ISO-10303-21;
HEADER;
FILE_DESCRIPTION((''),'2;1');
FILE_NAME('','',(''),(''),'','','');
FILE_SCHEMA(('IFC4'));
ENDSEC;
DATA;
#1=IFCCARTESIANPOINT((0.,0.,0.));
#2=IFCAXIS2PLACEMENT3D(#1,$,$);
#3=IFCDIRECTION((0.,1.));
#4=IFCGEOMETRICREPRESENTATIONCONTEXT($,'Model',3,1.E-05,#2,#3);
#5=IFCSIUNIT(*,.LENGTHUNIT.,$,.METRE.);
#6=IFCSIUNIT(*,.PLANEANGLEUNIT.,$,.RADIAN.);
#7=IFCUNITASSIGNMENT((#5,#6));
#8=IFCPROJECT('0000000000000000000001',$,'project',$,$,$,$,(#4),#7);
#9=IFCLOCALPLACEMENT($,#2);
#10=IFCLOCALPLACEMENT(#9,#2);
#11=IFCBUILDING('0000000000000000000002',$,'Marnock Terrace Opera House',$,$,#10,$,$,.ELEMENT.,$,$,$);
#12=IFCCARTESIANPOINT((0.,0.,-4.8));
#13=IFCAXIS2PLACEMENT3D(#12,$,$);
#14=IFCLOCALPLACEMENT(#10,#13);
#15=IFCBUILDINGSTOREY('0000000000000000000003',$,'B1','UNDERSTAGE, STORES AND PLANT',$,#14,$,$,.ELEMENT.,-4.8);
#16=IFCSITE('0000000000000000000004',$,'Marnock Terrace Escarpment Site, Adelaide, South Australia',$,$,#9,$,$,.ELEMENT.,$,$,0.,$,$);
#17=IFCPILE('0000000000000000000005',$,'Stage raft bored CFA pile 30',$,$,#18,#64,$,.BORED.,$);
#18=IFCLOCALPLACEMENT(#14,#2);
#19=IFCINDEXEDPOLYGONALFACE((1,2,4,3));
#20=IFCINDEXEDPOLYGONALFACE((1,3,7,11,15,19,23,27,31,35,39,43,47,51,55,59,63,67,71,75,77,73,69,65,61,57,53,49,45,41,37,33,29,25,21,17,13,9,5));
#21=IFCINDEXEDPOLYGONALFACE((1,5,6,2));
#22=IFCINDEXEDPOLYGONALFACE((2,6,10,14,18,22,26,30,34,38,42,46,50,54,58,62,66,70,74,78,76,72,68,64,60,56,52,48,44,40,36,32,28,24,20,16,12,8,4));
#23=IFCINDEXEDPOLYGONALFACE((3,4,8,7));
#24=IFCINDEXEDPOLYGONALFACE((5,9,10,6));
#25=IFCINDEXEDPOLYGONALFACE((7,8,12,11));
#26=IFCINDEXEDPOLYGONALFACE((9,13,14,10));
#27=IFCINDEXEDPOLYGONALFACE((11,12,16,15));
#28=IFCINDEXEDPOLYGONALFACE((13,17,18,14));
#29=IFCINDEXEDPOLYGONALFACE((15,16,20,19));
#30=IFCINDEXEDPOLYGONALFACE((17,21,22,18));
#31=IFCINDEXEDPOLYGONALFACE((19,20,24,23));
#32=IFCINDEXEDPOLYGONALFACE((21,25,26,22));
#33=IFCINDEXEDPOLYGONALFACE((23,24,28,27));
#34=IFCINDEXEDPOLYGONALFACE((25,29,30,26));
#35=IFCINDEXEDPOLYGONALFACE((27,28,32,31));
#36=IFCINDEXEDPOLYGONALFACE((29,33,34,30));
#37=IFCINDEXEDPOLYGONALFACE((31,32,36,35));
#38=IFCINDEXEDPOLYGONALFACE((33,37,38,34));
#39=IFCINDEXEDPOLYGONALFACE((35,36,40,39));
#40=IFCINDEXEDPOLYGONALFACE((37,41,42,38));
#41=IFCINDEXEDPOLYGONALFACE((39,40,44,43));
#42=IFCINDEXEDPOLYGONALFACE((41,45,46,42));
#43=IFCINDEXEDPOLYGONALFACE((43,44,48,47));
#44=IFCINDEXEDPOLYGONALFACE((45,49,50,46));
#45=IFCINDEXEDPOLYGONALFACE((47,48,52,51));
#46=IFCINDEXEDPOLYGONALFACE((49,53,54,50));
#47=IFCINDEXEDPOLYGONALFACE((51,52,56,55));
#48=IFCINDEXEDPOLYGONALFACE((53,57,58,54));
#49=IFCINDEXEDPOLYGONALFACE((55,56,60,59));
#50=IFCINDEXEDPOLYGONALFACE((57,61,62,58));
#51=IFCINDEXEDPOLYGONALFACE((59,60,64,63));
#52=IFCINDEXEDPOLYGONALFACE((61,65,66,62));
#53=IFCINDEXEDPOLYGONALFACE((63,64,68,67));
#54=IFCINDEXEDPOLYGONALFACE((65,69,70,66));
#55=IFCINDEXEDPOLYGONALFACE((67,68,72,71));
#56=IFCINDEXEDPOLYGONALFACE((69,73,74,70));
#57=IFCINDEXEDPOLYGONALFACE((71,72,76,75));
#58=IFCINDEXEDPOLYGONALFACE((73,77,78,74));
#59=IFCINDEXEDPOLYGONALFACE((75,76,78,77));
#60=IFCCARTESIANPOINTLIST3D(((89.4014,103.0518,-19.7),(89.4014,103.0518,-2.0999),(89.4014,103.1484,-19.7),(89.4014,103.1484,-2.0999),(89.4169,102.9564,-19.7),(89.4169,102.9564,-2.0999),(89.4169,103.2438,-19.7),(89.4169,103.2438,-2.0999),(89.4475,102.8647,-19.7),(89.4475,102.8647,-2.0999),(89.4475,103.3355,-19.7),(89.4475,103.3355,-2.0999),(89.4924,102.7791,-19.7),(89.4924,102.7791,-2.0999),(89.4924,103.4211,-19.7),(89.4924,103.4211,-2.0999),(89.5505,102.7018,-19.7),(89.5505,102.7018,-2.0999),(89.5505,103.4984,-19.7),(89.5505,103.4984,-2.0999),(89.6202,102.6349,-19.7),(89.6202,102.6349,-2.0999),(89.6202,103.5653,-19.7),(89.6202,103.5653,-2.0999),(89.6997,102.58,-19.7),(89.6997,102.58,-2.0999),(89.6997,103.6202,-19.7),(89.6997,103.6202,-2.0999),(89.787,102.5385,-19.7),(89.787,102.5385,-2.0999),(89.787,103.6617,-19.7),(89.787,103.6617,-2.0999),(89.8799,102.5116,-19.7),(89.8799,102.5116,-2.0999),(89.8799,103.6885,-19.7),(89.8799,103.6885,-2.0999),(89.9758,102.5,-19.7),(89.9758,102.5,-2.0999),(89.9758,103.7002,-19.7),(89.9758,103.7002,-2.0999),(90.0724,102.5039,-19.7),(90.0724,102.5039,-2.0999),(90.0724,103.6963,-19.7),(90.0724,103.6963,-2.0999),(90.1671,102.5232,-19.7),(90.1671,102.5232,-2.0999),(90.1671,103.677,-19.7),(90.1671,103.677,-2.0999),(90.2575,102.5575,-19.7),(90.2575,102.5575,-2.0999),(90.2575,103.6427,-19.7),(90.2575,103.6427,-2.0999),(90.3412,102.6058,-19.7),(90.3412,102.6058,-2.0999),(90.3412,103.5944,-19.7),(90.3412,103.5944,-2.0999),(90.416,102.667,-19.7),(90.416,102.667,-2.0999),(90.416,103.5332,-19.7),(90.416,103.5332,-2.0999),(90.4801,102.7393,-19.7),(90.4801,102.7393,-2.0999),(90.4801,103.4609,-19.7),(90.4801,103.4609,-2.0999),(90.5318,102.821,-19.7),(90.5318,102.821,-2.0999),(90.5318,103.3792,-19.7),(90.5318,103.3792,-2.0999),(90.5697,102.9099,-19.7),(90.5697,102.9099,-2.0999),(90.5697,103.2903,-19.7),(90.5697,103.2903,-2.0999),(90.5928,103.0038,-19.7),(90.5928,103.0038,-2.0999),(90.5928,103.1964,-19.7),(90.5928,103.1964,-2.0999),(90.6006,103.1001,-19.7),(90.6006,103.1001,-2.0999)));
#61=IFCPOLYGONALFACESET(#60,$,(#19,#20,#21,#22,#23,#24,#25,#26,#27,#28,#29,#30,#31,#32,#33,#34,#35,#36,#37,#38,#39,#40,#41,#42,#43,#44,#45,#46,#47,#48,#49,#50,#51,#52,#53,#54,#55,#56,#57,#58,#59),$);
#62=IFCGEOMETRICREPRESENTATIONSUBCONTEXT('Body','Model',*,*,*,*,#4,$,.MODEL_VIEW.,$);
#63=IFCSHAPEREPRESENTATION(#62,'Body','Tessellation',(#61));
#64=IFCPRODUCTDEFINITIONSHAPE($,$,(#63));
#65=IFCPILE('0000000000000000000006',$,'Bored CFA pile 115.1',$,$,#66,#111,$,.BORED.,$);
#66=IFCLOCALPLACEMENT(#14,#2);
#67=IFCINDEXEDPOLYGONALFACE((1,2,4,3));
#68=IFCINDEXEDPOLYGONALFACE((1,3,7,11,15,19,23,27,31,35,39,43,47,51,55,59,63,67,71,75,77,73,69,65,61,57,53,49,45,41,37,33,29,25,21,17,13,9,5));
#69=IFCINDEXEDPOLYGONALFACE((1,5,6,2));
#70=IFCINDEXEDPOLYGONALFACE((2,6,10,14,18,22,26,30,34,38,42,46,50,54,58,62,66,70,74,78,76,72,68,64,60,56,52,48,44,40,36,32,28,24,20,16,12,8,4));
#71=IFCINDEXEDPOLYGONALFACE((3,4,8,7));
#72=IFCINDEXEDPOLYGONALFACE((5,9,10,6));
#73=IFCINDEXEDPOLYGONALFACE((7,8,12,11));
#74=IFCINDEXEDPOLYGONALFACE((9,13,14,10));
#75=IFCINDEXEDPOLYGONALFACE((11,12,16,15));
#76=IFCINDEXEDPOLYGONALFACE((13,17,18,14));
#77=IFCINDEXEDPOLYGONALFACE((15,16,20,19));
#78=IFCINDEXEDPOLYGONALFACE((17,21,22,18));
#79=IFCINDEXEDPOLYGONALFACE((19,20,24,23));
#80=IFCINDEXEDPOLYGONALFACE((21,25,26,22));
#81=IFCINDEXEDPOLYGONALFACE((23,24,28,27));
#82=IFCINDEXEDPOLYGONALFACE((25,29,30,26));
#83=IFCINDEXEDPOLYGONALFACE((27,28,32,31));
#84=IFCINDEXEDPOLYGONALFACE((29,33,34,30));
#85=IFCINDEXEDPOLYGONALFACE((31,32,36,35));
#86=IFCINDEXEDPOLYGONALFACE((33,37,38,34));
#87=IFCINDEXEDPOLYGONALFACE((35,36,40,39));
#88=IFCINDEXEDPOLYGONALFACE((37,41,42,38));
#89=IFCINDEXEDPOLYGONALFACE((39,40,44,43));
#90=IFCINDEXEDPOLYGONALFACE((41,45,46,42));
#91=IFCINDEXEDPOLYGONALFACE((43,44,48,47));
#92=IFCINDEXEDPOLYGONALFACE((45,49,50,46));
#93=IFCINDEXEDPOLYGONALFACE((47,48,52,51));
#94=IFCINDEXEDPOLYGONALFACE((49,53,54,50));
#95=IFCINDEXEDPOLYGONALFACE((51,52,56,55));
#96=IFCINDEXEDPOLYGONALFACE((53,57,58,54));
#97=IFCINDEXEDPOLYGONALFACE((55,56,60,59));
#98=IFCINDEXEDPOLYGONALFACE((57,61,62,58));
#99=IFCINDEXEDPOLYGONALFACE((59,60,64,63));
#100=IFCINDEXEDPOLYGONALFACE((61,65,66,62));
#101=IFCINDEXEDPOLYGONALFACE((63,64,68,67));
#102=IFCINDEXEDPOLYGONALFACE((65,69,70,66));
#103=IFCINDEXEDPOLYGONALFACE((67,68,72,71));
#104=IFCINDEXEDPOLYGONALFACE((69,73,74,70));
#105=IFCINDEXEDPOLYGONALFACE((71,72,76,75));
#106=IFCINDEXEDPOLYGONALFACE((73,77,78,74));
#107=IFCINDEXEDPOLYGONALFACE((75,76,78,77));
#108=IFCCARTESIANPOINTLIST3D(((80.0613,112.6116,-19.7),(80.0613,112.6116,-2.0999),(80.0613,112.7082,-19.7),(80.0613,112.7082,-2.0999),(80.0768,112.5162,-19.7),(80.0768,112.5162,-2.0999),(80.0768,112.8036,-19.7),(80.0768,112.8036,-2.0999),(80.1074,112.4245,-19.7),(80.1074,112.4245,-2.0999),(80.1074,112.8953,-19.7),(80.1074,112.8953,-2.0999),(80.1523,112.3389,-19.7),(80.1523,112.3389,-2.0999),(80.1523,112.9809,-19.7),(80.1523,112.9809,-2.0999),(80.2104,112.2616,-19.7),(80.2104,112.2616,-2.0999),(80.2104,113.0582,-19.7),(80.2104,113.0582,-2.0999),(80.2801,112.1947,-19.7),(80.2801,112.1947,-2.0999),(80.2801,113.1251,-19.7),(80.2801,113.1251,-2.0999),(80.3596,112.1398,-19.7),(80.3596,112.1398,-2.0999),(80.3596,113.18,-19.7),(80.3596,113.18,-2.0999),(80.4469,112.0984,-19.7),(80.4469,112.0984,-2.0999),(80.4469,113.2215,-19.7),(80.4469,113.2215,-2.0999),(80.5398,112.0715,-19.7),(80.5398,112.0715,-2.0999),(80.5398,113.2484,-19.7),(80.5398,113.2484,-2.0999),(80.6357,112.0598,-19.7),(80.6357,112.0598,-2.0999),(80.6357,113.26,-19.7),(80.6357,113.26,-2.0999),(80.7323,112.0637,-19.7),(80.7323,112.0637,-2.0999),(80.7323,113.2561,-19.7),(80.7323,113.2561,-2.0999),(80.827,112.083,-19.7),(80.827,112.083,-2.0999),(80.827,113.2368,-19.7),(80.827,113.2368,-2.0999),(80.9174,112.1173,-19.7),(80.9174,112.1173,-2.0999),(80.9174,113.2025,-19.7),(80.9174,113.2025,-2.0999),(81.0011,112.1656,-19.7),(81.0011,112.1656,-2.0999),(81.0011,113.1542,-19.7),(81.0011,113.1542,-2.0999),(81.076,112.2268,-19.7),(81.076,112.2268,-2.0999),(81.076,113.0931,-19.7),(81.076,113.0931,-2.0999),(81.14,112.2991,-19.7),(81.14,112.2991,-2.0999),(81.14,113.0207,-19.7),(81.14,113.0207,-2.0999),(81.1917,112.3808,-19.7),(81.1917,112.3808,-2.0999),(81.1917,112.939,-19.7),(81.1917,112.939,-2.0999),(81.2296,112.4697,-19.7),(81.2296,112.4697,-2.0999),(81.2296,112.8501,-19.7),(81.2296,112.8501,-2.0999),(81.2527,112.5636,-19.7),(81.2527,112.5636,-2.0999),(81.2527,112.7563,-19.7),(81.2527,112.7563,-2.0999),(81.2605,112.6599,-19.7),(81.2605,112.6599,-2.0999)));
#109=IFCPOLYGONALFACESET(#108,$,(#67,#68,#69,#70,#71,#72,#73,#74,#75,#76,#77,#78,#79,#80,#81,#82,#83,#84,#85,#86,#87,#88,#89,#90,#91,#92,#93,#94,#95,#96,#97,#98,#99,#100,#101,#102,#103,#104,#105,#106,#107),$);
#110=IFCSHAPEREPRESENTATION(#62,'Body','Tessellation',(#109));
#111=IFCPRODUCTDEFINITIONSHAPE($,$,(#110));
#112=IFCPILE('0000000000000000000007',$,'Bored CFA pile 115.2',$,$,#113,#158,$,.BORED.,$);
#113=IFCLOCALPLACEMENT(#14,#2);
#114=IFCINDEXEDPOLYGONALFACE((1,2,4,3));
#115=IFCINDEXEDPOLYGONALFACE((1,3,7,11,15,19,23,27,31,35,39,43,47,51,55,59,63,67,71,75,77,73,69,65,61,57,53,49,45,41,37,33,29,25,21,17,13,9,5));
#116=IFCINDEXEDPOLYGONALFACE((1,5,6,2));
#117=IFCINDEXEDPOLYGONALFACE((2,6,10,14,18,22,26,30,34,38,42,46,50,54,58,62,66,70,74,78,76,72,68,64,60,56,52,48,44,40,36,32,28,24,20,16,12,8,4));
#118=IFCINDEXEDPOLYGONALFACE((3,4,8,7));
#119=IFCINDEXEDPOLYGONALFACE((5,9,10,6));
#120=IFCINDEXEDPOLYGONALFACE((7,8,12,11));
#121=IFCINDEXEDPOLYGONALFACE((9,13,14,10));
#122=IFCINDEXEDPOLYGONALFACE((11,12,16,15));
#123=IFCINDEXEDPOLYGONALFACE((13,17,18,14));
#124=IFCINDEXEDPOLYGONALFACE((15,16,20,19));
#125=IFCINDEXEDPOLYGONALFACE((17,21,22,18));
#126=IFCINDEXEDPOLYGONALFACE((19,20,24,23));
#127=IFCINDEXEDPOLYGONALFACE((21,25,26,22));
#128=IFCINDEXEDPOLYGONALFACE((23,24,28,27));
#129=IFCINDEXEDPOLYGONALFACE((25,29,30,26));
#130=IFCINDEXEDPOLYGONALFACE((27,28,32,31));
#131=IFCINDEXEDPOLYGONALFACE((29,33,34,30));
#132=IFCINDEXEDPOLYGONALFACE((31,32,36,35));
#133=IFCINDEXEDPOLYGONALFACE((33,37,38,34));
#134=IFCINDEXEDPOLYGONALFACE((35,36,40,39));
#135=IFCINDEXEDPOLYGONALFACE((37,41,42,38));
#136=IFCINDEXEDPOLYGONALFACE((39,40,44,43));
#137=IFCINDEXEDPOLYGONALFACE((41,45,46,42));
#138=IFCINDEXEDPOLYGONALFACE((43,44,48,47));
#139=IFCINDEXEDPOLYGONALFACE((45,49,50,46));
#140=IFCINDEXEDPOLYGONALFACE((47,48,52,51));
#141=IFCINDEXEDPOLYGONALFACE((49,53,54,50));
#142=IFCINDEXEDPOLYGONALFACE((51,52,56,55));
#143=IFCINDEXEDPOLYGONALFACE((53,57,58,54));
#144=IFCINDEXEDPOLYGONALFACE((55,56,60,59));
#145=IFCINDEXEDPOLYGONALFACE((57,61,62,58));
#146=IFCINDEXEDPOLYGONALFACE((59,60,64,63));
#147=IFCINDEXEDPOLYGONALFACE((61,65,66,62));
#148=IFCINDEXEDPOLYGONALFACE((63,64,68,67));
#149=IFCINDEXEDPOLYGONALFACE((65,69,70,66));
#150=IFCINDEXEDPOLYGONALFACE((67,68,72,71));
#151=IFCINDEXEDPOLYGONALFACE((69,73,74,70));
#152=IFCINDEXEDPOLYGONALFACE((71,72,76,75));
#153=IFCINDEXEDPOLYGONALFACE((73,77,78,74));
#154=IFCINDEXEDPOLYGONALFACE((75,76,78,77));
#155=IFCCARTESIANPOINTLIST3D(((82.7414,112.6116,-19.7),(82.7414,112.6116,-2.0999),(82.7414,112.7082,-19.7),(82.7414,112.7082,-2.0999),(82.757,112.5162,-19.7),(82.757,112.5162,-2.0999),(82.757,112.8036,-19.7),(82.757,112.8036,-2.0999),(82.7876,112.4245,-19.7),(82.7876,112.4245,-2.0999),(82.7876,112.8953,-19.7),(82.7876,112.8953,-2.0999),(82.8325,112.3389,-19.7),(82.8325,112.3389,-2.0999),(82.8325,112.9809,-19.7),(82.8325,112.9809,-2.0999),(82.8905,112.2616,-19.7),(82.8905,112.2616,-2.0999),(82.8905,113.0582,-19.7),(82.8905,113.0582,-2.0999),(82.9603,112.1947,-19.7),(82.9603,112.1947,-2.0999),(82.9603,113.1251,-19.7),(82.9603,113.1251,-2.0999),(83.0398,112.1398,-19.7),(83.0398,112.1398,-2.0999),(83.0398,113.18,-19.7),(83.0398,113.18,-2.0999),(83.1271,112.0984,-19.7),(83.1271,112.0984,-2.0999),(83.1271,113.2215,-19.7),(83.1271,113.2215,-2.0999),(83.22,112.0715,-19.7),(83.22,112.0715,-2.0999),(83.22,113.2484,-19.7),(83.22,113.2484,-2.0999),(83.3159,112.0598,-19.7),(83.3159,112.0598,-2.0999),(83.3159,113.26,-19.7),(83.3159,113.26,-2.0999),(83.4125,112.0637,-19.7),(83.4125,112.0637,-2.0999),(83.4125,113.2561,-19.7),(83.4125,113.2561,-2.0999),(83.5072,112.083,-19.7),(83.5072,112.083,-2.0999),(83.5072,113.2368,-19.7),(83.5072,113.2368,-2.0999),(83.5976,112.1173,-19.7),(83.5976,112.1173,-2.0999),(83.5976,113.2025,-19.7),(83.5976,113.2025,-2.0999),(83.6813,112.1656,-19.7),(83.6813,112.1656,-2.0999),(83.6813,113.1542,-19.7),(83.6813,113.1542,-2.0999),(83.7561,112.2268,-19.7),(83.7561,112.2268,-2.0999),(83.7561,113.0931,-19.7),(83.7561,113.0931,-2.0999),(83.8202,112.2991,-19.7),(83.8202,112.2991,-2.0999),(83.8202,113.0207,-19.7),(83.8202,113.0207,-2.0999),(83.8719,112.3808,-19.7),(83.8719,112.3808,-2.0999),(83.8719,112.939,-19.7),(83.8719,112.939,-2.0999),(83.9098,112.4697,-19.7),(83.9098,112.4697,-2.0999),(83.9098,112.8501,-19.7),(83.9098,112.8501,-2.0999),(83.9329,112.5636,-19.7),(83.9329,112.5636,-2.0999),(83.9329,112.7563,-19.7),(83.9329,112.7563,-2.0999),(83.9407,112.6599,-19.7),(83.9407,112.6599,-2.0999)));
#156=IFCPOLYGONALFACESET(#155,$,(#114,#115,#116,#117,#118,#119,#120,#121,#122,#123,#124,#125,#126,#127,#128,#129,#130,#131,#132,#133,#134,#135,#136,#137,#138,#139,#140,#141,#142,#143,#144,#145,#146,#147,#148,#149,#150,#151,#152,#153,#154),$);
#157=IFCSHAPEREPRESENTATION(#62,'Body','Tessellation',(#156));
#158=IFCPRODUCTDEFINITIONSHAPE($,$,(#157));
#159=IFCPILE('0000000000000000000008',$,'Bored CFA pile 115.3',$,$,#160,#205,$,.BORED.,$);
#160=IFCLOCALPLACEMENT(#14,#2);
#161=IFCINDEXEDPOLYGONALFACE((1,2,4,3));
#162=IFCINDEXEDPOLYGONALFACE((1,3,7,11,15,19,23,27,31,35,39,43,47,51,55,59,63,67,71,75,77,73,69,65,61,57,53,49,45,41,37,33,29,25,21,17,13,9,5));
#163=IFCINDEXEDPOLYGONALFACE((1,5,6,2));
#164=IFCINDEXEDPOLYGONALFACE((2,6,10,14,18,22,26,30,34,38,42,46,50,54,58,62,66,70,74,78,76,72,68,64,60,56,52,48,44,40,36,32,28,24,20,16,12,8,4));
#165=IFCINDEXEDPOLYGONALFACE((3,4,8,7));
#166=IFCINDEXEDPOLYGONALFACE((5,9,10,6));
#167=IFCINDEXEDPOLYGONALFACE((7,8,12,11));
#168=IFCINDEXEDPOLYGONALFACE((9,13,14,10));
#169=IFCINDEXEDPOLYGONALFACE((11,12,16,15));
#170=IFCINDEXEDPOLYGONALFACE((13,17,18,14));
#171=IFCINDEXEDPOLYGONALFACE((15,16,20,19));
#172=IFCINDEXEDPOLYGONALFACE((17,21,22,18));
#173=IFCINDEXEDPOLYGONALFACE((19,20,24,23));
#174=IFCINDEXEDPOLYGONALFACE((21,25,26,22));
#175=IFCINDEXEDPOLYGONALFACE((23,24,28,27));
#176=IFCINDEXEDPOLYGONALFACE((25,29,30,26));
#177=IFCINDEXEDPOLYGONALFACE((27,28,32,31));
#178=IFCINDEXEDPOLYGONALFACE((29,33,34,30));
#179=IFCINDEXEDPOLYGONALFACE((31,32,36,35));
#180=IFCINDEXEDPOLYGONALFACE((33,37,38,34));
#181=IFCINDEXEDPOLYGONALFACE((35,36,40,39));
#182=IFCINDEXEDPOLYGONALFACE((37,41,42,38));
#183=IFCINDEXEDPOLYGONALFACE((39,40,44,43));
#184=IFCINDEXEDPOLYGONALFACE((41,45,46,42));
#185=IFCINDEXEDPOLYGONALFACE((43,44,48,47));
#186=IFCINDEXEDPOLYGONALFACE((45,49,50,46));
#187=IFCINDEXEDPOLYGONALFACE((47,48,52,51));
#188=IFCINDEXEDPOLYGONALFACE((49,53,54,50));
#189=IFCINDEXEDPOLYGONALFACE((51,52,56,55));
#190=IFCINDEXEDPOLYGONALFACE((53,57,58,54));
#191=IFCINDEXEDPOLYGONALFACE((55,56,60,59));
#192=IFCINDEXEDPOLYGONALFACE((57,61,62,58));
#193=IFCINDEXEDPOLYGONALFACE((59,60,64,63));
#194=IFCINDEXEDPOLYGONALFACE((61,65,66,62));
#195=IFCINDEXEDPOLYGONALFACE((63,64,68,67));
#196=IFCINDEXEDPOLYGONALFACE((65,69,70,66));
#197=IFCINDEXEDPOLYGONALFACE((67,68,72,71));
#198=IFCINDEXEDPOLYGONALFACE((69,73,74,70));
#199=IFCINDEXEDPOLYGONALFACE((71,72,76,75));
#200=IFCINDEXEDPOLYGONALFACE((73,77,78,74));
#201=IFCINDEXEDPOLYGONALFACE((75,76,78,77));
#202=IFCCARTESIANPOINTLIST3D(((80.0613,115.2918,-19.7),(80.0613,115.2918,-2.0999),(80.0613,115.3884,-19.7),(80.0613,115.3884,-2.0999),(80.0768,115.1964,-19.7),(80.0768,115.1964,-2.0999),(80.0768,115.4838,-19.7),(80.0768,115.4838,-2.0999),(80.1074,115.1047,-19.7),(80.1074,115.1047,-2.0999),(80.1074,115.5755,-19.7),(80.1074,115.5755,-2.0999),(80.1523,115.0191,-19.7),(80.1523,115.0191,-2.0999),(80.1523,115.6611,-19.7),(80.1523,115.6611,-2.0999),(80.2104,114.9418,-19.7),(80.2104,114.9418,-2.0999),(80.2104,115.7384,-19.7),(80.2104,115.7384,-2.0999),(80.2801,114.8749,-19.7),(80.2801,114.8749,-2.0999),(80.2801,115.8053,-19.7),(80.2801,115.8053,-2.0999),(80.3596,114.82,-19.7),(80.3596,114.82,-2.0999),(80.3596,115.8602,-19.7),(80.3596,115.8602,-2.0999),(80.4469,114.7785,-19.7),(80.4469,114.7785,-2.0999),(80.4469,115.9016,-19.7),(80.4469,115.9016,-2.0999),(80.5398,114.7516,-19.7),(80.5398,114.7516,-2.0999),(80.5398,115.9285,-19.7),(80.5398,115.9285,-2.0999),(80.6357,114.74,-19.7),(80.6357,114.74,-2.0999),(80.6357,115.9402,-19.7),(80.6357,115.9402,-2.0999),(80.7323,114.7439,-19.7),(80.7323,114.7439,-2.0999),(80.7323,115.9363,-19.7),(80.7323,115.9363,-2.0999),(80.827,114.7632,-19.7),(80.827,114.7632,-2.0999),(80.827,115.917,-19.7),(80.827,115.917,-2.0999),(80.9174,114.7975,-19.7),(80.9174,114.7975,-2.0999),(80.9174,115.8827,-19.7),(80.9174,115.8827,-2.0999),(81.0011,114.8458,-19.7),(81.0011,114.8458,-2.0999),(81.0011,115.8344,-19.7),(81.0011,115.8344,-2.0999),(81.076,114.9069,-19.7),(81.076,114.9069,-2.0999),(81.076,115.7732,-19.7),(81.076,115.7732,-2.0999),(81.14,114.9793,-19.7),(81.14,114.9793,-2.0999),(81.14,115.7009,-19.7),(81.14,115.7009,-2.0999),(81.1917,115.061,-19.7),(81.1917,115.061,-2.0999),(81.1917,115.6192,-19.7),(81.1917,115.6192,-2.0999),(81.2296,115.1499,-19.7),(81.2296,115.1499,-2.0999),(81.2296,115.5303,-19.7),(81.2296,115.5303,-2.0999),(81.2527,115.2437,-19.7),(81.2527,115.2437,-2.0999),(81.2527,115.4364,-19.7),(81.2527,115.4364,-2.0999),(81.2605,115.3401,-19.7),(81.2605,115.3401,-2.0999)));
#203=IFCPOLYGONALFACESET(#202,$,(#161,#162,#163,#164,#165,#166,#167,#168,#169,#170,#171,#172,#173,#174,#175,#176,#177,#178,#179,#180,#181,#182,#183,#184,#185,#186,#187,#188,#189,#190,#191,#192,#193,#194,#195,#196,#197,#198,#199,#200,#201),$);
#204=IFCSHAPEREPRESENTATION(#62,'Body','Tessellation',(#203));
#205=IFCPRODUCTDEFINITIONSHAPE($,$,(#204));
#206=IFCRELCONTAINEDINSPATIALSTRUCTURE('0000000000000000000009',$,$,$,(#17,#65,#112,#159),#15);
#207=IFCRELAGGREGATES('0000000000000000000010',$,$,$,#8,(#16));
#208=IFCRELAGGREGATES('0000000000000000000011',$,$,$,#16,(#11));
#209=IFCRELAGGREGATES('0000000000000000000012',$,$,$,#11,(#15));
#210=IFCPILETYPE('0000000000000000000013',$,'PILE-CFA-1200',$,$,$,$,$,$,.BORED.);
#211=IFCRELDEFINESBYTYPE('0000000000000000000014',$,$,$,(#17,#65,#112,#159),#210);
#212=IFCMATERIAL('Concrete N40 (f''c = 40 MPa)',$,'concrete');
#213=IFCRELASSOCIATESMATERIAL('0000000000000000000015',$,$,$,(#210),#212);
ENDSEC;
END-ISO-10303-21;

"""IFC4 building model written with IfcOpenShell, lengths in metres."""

from ifc_helpers import new_model, si_unit, direction, frame, origin, origin_2d, place, context, subcontext, project, spatial, circle, extrude, material, material_profile, profile_set, type_object, element, save


model = new_model("IFC4")

# Units and contexts
model_context = context("Model", 3, precision=1e-05, world=origin(), true_north=direction((0.0, 1.0)))
body_context = subcontext(model_context, "Body", "Model", "MODEL_VIEW")
ifc_project = project(units=[si_unit("LENGTHUNIT", "METRE"), si_unit("PLANEANGLEUNIT", "RADIAN")], contexts=[model_context])

# Site, building, storey
site_placement = place(None, origin())
site = spatial("IfcSite", under=ifc_project, at=site_placement, Name="Marnock Terrace Escarpment Site, Adelaide, South Australia", CompositionType="ELEMENT", RefElevation=0.0)
building_placement = place(site_placement, origin())
building = spatial("IfcBuilding", under=site, at=building_placement, Name="Marnock Terrace Opera House", CompositionType="ELEMENT")
storey_placement = place(building_placement, frame((0.0, 0.0, -4.8)))
storey = spatial("IfcBuildingStorey", under=building, at=storey_placement, Name="B1", Description="UNDERSTAGE, STORES AND PLANT", CompositionType="ELEMENT", Elevation=-4.8)

# Shared definitions
ifc_material_1 = material(Name="Concrete N40 (f'c = 40 MPa)", Category="concrete")

# Piles
ifc_material_profile_1 = material_profile(ifc_material_1, circle(Radius=0.6006, at=origin_2d()))
ifc_profile_set_1 = profile_set([ifc_material_profile_1], Name="Concrete N40 (f'c = 40 MPa)")
pile_type = type_object("IfcPileType", Name="PILE-CFA-1200", PredefinedType="BORED", material=ifc_profile_set_1)
for number, where, z_axis, x_axis, name in (
    (1, (90.0, 103.1001, -2.0999), (0.0, 0.0, -1.0), (1.0, 0.0, 0.0), "Stage raft bored CFA pile 30"),
    (2, (80.6599, 112.6599, -2.0999), (0.0, 0.0, -1.0), (1.0, 0.0, 0.0), "Bored CFA pile 115.1"),
    (3, (83.3401, 112.6599, -2.0999), (0.0, 0.0, -1.0), (1.0, 0.0, 0.0), "Bored CFA pile 115.2"),
    (4, (80.6599, 115.3401, -2.0999), (0.0, 0.0, -1.0), (1.0, 0.0, 0.0), "Bored CFA pile 115.3"),
):
    element("IfcPile", number, at=place(storey_placement, frame(where, z_axis=z_axis, x_axis=x_axis)), inside=storey, type_object=pile_type, Name=name, PredefinedType="BORED", context=body_context, shape_type="SweptSolid", body=[
        extrude(circle(Radius=0.6006, at=origin_2d()), origin(), (0.0, 0.0, 1.0), 17.6001),
    ])

save(model, "model.ifc")
